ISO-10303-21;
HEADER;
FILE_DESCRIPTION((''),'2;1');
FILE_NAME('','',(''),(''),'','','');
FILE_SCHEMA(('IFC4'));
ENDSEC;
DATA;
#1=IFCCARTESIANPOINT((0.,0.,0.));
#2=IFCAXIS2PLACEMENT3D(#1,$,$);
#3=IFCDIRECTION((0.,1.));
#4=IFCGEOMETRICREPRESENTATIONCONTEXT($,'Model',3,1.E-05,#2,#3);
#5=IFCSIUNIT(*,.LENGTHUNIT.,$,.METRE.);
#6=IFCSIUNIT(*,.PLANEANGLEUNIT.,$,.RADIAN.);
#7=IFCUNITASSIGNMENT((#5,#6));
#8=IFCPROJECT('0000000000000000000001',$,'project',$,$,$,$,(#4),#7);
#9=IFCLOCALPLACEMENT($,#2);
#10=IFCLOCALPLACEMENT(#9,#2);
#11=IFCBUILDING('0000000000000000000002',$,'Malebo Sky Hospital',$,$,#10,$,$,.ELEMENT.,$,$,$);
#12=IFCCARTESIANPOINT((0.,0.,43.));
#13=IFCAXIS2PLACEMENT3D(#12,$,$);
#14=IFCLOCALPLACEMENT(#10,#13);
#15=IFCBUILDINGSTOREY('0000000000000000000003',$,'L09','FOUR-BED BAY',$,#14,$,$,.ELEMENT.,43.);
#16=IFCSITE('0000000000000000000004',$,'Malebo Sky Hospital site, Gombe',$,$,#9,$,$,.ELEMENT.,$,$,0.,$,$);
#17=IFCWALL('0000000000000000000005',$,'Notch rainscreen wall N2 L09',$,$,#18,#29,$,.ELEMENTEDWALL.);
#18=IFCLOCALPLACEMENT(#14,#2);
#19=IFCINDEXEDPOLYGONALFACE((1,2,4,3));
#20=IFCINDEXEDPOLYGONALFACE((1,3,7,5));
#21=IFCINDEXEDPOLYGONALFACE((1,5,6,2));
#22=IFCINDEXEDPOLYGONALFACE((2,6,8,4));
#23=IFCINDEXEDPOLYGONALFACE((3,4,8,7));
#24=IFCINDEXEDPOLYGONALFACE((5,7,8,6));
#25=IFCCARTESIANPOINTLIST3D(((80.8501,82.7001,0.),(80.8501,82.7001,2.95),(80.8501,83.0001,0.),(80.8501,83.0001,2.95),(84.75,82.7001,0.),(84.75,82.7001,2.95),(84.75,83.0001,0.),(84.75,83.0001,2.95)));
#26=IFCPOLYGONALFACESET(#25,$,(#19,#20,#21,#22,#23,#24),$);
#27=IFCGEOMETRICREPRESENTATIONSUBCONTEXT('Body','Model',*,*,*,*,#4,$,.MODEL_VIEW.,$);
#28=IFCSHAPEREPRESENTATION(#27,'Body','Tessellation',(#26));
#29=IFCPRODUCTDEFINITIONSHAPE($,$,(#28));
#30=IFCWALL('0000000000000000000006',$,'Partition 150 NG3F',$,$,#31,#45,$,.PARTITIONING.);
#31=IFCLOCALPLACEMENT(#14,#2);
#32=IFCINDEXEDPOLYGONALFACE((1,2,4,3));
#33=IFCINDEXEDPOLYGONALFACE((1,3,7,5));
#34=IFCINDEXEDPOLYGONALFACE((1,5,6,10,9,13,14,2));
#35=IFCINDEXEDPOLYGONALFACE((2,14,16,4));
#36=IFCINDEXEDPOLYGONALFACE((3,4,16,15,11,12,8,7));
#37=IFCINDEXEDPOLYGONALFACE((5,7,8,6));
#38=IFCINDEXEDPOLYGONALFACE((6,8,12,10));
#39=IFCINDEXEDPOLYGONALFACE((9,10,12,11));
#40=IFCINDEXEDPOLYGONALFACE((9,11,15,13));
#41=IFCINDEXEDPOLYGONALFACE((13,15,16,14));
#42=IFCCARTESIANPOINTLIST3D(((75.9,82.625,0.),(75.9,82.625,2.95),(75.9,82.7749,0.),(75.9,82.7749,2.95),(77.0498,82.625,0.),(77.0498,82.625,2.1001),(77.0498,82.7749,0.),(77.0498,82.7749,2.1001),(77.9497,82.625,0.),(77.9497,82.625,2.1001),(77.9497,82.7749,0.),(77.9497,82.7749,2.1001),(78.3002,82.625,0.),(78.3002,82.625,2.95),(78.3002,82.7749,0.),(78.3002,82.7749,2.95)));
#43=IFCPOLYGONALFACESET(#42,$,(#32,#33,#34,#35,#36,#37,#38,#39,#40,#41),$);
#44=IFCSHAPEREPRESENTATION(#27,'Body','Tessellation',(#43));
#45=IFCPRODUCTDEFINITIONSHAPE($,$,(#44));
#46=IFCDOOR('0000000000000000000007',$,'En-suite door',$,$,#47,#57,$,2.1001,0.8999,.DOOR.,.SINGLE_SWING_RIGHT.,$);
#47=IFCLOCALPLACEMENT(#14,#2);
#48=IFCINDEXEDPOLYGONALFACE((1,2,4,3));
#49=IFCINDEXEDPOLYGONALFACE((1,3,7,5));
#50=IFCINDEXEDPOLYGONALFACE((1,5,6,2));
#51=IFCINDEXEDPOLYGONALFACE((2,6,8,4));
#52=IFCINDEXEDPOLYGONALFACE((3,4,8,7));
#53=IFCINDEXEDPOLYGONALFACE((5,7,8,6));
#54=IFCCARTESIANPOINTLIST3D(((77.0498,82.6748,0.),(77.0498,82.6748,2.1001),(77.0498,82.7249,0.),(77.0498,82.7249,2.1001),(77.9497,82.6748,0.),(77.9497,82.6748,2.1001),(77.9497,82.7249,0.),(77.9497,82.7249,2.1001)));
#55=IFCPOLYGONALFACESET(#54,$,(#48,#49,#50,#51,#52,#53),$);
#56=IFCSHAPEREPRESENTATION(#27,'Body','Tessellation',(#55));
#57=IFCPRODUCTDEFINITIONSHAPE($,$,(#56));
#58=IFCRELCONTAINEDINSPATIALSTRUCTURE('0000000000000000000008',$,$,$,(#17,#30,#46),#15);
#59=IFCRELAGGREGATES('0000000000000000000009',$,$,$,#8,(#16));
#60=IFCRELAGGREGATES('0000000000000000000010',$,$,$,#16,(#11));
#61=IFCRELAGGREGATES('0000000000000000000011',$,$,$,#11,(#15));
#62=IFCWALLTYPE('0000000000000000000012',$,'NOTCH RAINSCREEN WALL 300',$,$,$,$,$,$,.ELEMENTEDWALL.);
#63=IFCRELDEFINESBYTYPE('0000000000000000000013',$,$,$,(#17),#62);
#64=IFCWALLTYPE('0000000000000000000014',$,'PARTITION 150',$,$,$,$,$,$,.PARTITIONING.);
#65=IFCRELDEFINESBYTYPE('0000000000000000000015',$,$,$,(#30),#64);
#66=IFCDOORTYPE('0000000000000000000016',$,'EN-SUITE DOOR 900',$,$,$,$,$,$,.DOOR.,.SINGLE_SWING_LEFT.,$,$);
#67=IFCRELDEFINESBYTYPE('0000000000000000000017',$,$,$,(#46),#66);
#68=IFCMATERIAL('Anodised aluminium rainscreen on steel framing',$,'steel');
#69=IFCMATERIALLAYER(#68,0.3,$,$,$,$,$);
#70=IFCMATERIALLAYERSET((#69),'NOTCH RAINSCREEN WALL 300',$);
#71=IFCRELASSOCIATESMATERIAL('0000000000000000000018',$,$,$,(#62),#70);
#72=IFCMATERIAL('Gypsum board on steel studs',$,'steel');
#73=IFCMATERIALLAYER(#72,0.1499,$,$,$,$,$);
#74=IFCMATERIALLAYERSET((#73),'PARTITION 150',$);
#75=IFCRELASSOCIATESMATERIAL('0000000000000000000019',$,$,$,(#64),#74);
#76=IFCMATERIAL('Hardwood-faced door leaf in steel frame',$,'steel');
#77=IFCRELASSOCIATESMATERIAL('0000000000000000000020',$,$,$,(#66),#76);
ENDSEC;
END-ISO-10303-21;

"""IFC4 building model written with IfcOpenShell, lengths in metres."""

from ifc_helpers import new_model, si_unit, direction, frame, frame_2d, origin, place, context, subcontext, project, spatial, rectangle, extrude, material, layer, layer_set, type_object, element, fill, save


model = new_model("IFC4")

# Units and contexts
model_context = context("Model", 3, precision=1e-05, world=origin(), true_north=direction((0.0, 1.0)))
body_context = subcontext(model_context, "Body", "Model", "MODEL_VIEW")
ifc_project = project(units=[si_unit("LENGTHUNIT", "METRE"), si_unit("PLANEANGLEUNIT", "RADIAN")], contexts=[model_context])

# Site, building, storey
site_placement = place(None, origin())
site = spatial("IfcSite", under=ifc_project, at=site_placement, Name="Malebo Sky Hospital site, Gombe", CompositionType="ELEMENT", RefElevation=0.0)
building_placement = place(site_placement, origin())
building = spatial("IfcBuilding", under=site, at=building_placement, Name="Malebo Sky Hospital", CompositionType="ELEMENT")
storey_placement = place(building_placement, frame((0.0, 0.0, 43.0)))
storey = spatial("IfcBuildingStorey", under=building, at=storey_placement, Name="L09", Description="FOUR-BED BAY", CompositionType="ELEMENT", Elevation=43.0)

# Wall
ifc_material_1 = material(Name="Anodised aluminium rainscreen on steel framing", Category="steel")
ifc_layer_1 = layer(ifc_material_1, 0.3)
ifc_layer_set_1 = layer_set([ifc_layer_1], Name="NOTCH RAINSCREEN WALL 300")
wall_type_1 = type_object("IfcWallType", Name="NOTCH RAINSCREEN WALL 300", PredefinedType="ELEMENTEDWALL", material=ifc_layer_set_1)
for number, where, z_axis, x_axis, name in (
    (1, (80.8501, 82.8501, 0.0), (0.0, 0.0, 1.0), (1.0, 0.0, 0.0), "Notch rainscreen wall N2 L09"),
):
    element("IfcWall", number, at=place(storey_placement, frame(where, z_axis=z_axis, x_axis=x_axis)), inside=storey, type_object=wall_type_1, Name=name, PredefinedType="ELEMENTEDWALL", context=body_context, shape_type="SweptSolid", body=[
        extrude(rectangle(XDim=3.8999, YDim=0.3, at=frame_2d((1.95, 0.0))), origin(), (0.0, 0.0, 1.0), 2.95),
    ])

# Wall, opening, door
ifc_material_2 = material(Name="Gypsum board on steel studs", Category="steel")
ifc_layer_2 = layer(ifc_material_2, 0.1499)
ifc_layer_set_2 = layer_set([ifc_layer_2], Name="PARTITION 150")
wall_type_2 = type_object("IfcWallType", Name="PARTITION 150", PredefinedType="PARTITIONING", material=ifc_layer_set_2)
wall_placement = place(storey_placement, frame((75.8999, 82.7, 0.0), z_axis=(0.0, 0.0, 1.0), x_axis=(1.0, 0.0, 0.0)))
wall = element("IfcWall", 2, at=wall_placement, inside=storey, type_object=wall_type_2, Name="Partition 150 NG3F", PredefinedType="PARTITIONING", context=body_context, shape_type="SweptSolid", body=[
    extrude(rectangle(XDim=2.4001, YDim=0.1499, at=frame_2d((1.2002, 0.0))), origin(), (0.0, 0.0, 1.0), 2.95),
])
opening_placement = place(wall_placement, frame((1.1499, 0.0, 0.0)))
opening = element("IfcOpeningElement", 3, at=opening_placement, cuts=wall, PredefinedType="OPENING", context=body_context, shape_type="SweptSolid", body=[
    extrude(rectangle(XDim=0.8999, YDim=2.1001, at=frame_2d((0.45, 1.05))), frame((0.0, 0.085, 0.0), z_axis=(0.0, -1.0, 0.0), x_axis=(1.0, 0.0, 0.0)), (0.0, 0.0, 1.0), 0.1699),
])
ifc_material_3 = material(Name="Hardwood-faced door leaf in steel frame", Category="steel")
door_type = type_object("IfcDoorType", Name="EN-SUITE DOOR 900", OperationType="SINGLE_SWING_LEFT", PredefinedType="DOOR", material=ifc_material_3)
door_placement = place(opening_placement, origin())
door = element("IfcDoor", 4, at=door_placement, inside=storey, type_object=door_type, Name="En-suite door", OperationType="SINGLE_SWING_RIGHT", OverallHeight=2.1001, OverallWidth=0.8999, PredefinedType="DOOR", context=body_context, shape_type="SweptSolid", body=[
    extrude(rectangle(XDim=0.8999, YDim=2.1001, at=frame_2d((0.45, 1.05))), frame((0.0, 0.0249, 0.0), z_axis=(0.0, -1.0, 0.0), x_axis=(1.0, 0.0, 0.0)), (0.0, 0.0, 1.0), 0.05),
])
fill(opening, door)

save(model, "model.ifc")
